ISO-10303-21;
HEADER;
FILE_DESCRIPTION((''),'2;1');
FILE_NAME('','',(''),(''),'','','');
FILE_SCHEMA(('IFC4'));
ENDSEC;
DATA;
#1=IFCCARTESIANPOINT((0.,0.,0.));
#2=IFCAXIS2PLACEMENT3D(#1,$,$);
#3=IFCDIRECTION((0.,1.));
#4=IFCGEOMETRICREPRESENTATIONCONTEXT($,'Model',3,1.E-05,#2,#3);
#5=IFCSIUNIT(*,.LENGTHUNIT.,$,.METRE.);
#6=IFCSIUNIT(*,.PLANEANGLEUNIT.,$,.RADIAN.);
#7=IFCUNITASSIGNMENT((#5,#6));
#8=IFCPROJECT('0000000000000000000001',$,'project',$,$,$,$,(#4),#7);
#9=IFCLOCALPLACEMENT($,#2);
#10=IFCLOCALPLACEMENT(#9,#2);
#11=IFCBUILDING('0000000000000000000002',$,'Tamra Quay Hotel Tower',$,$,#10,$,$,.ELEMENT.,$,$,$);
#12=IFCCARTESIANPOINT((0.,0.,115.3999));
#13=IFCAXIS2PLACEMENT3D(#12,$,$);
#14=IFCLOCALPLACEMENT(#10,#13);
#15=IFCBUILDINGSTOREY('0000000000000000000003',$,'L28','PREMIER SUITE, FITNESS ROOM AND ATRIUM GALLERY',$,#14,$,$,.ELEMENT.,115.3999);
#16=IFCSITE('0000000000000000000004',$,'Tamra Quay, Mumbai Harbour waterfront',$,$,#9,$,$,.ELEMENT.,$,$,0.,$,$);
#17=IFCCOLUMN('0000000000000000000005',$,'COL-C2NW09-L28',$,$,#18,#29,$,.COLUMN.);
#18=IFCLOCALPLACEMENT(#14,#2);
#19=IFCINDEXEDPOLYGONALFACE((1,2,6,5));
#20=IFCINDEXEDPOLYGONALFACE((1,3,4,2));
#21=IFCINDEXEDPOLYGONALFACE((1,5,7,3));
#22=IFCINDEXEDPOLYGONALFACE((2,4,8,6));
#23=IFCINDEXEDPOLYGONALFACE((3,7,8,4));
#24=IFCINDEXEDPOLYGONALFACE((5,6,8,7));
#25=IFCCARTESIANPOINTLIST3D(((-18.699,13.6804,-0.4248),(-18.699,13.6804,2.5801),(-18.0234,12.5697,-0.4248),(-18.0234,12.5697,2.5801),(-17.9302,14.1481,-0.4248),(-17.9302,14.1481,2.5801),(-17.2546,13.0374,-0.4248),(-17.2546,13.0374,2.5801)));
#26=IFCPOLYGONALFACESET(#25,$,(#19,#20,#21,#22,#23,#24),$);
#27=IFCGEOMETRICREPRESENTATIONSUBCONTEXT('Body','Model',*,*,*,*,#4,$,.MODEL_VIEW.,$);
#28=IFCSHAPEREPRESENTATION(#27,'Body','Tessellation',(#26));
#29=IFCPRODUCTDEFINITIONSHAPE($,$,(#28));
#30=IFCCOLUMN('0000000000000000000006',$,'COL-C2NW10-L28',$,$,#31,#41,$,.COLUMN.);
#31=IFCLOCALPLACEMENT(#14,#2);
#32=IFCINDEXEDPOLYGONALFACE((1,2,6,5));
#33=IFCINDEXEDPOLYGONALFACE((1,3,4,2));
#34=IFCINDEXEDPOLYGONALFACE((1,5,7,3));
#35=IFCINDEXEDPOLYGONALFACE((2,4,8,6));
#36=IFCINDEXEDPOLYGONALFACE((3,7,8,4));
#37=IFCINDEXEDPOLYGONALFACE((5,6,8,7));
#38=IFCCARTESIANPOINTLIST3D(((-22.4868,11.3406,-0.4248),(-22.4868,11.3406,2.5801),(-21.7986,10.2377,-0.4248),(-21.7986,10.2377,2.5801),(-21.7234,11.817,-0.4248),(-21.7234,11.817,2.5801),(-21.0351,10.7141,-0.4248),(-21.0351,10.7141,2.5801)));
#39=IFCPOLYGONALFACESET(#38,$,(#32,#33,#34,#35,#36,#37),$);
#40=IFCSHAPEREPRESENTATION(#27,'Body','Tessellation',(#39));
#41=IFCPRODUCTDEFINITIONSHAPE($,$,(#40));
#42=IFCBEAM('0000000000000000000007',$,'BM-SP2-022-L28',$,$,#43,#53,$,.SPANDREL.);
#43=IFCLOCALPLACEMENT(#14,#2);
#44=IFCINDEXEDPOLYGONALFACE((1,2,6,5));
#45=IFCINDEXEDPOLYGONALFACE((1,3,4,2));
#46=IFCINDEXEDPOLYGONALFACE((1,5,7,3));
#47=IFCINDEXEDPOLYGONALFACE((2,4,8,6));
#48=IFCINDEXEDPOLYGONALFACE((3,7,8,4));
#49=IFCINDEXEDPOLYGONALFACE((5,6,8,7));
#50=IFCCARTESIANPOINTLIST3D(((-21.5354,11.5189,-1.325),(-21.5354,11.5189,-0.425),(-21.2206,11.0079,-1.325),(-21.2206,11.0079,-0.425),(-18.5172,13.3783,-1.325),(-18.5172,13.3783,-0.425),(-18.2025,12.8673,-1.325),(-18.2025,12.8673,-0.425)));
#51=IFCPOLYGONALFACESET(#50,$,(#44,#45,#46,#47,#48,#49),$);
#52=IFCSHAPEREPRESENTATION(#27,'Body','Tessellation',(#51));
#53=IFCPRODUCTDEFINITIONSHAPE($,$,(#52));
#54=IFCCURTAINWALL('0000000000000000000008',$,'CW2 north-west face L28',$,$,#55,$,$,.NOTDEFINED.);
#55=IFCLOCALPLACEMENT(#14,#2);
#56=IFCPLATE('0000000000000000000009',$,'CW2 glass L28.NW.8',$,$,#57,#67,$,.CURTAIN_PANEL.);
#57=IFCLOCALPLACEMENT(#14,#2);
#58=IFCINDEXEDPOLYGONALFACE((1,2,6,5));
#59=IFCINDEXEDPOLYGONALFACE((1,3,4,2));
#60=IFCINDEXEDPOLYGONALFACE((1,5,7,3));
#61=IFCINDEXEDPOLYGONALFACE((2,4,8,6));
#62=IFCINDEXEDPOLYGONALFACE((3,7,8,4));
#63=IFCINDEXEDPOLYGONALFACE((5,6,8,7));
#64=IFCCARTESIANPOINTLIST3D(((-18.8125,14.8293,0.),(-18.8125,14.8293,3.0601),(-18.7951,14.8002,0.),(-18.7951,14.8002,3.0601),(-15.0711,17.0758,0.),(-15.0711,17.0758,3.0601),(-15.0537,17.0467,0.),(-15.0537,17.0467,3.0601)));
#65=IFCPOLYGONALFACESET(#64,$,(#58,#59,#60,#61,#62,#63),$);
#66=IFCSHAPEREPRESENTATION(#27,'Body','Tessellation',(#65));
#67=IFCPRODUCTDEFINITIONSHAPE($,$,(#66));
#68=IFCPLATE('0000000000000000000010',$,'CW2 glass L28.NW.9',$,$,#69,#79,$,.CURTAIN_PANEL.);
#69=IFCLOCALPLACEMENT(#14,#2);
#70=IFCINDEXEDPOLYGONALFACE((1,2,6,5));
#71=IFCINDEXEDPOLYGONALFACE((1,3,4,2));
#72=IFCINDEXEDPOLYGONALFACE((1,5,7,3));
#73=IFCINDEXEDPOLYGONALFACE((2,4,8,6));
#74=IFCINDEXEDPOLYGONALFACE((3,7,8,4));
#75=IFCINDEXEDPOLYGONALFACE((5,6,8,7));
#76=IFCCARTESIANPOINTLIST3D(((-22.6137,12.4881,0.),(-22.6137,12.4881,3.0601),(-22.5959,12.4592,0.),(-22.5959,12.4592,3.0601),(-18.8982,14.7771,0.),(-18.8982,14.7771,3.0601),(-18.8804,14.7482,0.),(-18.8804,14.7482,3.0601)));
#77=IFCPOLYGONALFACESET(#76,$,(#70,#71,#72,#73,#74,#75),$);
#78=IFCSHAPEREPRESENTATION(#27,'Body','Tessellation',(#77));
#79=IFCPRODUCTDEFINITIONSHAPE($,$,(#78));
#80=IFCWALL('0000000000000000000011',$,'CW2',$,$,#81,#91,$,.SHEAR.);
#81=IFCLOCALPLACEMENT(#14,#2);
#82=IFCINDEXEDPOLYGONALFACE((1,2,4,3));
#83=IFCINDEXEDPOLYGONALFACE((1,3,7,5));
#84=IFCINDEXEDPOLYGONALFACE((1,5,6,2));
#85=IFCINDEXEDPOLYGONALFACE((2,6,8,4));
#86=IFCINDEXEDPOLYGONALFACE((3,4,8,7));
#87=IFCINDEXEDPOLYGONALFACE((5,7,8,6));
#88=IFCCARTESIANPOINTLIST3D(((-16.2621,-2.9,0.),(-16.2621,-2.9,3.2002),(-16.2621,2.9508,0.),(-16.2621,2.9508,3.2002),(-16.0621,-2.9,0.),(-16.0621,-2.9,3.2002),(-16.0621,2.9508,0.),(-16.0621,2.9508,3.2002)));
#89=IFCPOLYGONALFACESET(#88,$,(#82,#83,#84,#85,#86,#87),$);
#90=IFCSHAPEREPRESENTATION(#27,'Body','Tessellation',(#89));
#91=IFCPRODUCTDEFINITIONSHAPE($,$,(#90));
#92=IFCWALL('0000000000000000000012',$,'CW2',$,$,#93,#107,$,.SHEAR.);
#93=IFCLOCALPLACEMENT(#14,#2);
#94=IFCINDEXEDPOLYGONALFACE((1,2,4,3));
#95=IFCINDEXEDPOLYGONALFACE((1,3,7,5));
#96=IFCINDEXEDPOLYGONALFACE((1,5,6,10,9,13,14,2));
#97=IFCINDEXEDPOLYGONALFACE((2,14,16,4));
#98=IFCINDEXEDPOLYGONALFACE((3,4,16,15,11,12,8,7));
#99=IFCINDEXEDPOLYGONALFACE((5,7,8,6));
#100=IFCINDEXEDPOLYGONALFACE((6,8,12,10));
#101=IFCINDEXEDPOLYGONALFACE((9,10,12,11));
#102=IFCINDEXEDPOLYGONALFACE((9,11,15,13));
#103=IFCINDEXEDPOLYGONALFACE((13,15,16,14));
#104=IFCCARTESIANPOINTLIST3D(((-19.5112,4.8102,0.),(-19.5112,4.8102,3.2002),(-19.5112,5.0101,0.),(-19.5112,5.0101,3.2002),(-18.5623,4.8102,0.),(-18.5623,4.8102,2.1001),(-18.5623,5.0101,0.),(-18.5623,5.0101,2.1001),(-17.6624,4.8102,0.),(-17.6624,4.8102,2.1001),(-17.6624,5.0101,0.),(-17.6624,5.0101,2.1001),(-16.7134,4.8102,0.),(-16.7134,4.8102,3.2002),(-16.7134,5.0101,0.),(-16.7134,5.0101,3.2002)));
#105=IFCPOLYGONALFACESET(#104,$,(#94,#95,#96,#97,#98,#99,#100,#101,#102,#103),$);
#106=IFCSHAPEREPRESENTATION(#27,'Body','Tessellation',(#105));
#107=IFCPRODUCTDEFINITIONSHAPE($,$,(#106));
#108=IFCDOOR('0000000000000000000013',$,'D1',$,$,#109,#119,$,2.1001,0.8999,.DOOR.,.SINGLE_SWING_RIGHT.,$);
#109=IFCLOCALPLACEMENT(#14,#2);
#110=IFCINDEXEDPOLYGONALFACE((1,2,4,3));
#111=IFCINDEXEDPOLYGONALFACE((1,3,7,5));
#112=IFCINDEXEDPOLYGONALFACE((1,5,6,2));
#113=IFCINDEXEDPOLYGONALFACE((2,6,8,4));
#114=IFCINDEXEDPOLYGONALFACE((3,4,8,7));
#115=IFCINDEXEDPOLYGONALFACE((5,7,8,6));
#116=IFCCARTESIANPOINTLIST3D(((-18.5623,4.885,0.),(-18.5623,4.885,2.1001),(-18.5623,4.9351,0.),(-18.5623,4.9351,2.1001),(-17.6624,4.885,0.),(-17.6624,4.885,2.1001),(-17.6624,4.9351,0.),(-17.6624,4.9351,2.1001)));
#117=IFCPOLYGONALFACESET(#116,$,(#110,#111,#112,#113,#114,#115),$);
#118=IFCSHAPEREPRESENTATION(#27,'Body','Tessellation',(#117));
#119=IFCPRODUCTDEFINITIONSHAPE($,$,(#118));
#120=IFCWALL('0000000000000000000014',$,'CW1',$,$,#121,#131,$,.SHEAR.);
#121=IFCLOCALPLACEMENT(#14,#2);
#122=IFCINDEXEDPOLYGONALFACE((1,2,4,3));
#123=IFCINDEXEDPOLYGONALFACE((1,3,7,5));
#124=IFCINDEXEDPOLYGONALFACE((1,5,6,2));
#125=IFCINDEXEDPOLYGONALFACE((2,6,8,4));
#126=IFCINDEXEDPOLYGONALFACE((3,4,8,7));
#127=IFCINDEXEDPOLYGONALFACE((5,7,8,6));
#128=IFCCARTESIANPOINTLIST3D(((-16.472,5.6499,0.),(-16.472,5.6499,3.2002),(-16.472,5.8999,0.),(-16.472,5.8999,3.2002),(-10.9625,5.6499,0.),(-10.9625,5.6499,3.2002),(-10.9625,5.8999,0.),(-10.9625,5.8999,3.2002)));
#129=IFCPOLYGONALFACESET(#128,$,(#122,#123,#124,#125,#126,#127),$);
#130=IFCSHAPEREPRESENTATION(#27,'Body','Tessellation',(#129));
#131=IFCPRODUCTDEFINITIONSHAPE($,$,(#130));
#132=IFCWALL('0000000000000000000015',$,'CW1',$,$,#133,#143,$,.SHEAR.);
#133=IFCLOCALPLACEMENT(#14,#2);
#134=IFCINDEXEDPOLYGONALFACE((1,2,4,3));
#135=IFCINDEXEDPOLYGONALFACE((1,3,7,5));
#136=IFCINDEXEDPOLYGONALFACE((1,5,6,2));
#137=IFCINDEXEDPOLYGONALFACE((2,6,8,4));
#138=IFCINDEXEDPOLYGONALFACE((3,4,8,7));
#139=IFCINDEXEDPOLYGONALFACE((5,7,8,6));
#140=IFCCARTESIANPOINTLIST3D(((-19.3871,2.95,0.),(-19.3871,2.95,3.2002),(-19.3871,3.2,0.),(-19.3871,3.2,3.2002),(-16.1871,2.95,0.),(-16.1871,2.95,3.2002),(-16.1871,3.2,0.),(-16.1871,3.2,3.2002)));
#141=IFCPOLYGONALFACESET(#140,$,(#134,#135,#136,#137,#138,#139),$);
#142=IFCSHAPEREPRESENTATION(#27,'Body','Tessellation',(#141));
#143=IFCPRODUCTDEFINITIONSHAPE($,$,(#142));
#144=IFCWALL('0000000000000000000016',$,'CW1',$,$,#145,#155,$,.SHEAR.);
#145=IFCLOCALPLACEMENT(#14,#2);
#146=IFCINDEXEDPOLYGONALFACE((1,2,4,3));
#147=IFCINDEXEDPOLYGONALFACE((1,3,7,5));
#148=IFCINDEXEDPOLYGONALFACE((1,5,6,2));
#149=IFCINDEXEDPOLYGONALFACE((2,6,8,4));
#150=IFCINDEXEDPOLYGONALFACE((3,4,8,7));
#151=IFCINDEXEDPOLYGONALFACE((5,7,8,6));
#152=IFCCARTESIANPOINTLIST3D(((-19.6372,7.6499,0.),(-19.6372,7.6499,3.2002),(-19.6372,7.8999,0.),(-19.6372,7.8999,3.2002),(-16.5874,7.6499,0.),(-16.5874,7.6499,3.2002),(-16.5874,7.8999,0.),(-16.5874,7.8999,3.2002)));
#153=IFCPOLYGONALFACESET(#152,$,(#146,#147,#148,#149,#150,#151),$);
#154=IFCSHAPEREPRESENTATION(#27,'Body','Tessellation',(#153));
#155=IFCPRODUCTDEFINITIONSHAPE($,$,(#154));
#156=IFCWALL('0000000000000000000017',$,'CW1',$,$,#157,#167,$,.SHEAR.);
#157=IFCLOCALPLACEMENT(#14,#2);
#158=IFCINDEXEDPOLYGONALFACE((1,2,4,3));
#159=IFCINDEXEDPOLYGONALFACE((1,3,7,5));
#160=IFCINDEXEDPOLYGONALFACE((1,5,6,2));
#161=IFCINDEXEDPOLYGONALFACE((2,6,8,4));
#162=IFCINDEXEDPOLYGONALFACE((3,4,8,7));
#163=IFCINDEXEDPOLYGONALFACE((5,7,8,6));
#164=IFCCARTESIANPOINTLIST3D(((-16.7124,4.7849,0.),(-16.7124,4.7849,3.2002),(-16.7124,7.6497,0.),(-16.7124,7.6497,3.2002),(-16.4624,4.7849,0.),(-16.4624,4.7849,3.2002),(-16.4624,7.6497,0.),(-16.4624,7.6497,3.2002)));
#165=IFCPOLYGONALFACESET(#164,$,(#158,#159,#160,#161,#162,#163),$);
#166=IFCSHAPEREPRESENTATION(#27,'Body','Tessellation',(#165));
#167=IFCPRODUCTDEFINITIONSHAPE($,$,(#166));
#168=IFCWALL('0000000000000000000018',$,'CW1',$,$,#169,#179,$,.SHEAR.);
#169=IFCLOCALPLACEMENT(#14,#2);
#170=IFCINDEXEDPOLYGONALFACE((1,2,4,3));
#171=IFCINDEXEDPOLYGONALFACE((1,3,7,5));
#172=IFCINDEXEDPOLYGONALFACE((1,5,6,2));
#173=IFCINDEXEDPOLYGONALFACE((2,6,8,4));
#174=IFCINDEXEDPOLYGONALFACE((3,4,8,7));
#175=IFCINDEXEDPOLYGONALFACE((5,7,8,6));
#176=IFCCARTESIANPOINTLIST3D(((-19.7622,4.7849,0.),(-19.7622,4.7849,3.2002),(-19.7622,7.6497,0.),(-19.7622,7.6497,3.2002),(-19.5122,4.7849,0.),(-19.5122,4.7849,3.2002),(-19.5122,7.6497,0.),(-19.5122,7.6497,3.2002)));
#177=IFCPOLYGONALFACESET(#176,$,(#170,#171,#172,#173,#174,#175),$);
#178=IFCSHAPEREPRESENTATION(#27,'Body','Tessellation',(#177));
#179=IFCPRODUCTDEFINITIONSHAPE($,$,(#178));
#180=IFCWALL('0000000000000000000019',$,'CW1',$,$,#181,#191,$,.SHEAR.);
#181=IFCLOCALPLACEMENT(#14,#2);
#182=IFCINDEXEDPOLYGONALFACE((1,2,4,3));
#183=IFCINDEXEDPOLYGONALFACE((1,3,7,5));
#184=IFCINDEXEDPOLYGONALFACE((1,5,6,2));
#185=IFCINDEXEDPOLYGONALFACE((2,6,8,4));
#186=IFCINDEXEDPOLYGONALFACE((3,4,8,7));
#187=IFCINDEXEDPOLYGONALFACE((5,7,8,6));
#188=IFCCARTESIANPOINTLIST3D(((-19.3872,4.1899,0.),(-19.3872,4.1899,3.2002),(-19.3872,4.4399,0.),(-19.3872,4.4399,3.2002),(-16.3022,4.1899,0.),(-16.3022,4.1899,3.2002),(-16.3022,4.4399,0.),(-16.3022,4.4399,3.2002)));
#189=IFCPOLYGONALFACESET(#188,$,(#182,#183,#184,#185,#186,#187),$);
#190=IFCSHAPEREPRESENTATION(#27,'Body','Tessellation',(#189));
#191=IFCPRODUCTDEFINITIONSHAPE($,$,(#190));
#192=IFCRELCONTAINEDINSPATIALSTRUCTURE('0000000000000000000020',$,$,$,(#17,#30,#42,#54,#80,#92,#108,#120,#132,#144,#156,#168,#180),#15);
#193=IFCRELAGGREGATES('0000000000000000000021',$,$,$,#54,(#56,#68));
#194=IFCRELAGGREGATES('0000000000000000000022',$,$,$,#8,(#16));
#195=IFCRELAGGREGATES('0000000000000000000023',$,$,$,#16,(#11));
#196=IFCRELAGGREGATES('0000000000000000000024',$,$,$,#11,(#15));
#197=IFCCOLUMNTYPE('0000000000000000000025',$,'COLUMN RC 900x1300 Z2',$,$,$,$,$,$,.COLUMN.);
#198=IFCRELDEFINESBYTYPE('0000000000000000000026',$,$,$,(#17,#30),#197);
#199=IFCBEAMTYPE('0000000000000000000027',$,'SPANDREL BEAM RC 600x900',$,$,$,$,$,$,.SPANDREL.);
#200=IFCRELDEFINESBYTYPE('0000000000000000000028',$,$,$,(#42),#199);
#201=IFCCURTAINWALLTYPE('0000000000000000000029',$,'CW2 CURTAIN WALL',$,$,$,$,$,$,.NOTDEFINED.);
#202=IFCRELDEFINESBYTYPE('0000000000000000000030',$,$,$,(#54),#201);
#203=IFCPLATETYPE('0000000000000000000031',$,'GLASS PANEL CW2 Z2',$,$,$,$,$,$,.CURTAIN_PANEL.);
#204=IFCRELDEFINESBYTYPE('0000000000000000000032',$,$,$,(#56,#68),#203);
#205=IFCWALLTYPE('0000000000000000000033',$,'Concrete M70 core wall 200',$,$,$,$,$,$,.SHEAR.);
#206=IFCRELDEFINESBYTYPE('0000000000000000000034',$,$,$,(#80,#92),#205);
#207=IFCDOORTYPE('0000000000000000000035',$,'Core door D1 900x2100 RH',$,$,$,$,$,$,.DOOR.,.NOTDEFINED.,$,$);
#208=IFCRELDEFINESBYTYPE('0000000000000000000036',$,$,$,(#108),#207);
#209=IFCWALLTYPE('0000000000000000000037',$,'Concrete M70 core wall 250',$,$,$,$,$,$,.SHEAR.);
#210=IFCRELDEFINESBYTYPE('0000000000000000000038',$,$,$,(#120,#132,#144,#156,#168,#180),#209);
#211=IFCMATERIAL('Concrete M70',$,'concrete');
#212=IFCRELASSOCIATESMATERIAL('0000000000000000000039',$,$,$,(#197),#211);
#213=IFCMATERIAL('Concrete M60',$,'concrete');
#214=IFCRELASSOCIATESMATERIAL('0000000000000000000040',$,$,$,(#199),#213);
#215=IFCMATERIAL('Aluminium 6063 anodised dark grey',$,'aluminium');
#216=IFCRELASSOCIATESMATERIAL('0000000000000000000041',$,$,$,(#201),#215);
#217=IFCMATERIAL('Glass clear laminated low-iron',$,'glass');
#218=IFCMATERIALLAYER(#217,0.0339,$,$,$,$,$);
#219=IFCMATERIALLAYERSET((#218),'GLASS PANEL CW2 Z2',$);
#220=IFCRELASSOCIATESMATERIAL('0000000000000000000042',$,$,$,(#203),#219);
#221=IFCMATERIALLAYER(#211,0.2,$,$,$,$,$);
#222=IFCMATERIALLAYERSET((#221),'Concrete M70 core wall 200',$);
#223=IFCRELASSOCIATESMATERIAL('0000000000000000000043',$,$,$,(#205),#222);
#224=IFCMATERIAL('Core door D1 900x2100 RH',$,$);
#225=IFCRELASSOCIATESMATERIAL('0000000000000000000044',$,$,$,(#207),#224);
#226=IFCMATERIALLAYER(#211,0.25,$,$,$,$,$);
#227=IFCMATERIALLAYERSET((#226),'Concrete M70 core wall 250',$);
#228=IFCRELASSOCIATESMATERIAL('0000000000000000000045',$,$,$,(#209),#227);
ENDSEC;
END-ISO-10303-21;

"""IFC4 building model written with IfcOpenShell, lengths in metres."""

from ifc_helpers import new_model, si_unit, direction, frame, frame_2d, origin, origin_2d, place, context, subcontext, project, spatial, rectangle, extrude, material, layer, layer_set, material_profile, profile_set, type_object, element, fill, aggregate, save


model = new_model("IFC4")

# Units and contexts
model_context = context("Model", 3, precision=1e-05, world=origin(), true_north=direction((0.0, 1.0)))
body_context = subcontext(model_context, "Body", "Model", "MODEL_VIEW")
ifc_project = project(units=[si_unit("LENGTHUNIT", "METRE"), si_unit("PLANEANGLEUNIT", "RADIAN")], contexts=[model_context])

# Site, building, storey
site_placement = place(None, origin())
site = spatial("IfcSite", under=ifc_project, at=site_placement, Name="Tamra Quay, Mumbai Harbour waterfront", CompositionType="ELEMENT", RefElevation=0.0)
building_placement = place(site_placement, origin())
building = spatial("IfcBuilding", under=site, at=building_placement, Name="Tamra Quay Hotel Tower", CompositionType="ELEMENT")
storey_placement = place(building_placement, frame((0.0, 0.0, 115.3999)))
storey = spatial("IfcBuildingStorey", under=building, at=storey_placement, Name="L28", Description="PREMIER SUITE, FITNESS ROOM AND ATRIUM GALLERY", CompositionType="ELEMENT", Elevation=115.3999)

# Columns
ifc_material_1 = material(Name="Concrete M70", Category="concrete")
ifc_material_profile_1 = material_profile(ifc_material_1, rectangle(XDim=1.3, YDim=0.8999, at=origin_2d()), Name="COLUMN RC 900x1300 Z2")
ifc_profile_set_1 = profile_set([ifc_material_profile_1], Name="Concrete M70")
column_type = type_object("IfcColumnType", Name="COLUMN RC 900x1300 Z2", PredefinedType="COLUMN", material=ifc_profile_set_1)
for number, where, z_axis, x_axis, name in (
    (1, (-17.9768, 13.3589, -0.4248), (0.0, 0.0, 1.0), (-0.519679, 0.854362, 0.0), "COL-C2NW09-L28"),
    (2, (-21.761, 11.0273, -0.4248), (0.0, 0.0, 1.0), (-0.52941, 0.848366, 0.0), "COL-C2NW10-L28"),
):
    element("IfcColumn", number, at=place(storey_placement, frame(where, z_axis=z_axis, x_axis=x_axis)), inside=storey, type_object=column_type, Name=name, PredefinedType="COLUMN", context=body_context, shape_type="SweptSolid", body=[
        extrude(rectangle(XDim=1.3, YDim=0.8999, at=origin_2d()), origin(), (0.0, 0.0, 1.0), 3.0049),
    ])

# Beam
ifc_material_2 = material(Name="Concrete M60", Category="concrete")
ifc_material_profile_2 = material_profile(ifc_material_2, rectangle(XDim=0.6001, YDim=0.8999, at=origin_2d()), Name="SPANDREL BEAM RC 600x900")
ifc_profile_set_2 = profile_set([ifc_material_profile_2], Name="Concrete M60")
beam_type = type_object("IfcBeamType", Name="SPANDREL BEAM RC 600x900", PredefinedType="SPANDREL", material=ifc_profile_set_2)
beam_placement = place(storey_placement, frame((-18.3599, 13.1228, -0.875), z_axis=(-0.851393, -0.524528, 0.0), x_axis=(0.524528, -0.851393, 0.0)))
element("IfcBeam", 3, at=beam_placement, inside=storey, type_object=beam_type, Name="BM-SP2-022-L28", PredefinedType="SPANDREL", context=body_context, shape_type="SweptSolid", body=[
    extrude(rectangle(XDim=0.6001, YDim=0.8999, at=origin_2d()), origin(), (0.0, 0.0, 1.0), 3.5449),
])

# Curtain wall, plates
ifc_material_3 = material(Name="Aluminium 6063 anodised dark grey", Category="aluminium")
curtain_wall_type = type_object("IfcCurtainWallType", Name="CW2 CURTAIN WALL", PredefinedType="NOTDEFINED", material=ifc_material_3)
curtain_wall_placement = place(storey_placement, origin())
curtain_wall = element("IfcCurtainWall", 4, at=curtain_wall_placement, inside=storey, type_object=curtain_wall_type, Name="CW2 north-west face L28", PredefinedType="NOTDEFINED")
ifc_material_4 = material(Name="Glass clear laminated low-iron", Category="glass")
ifc_layer_1 = layer(ifc_material_4, 0.0339)
ifc_layer_set_1 = layer_set([ifc_layer_1], Name="GLASS PANEL CW2 Z2")
plate_type = type_object("IfcPlateType", Name="GLASS PANEL CW2 Z2", PredefinedType="CURTAIN_PANEL", material=ifc_layer_set_1)
plate_1_placement = place(storey_placement, frame((-16.9331, 15.938, 0.0), z_axis=(0.0, 0.0, 1.0), x_axis=(-0.857331, -0.514765, 0.0)))
plate_1 = element("IfcPlate", 5, at=plate_1_placement, type_object=plate_type, Name="CW2 glass L28.NW.8", PredefinedType="CURTAIN_PANEL", context=body_context, shape_type="SweptSolid", body=[
    extrude(rectangle(XDim=4.364, YDim=0.0339, at=origin_2d()), origin(), (0.0, 0.0, 1.0), 3.0601),
])
plate_2_placement = place(storey_placement, frame((-20.7471, 13.6182, 0.0), z_axis=(0.0, 0.0, 1.0), x_axis=(-0.851399, -0.524518, 0.0)))
plate_2 = element("IfcPlate", 6, at=plate_2_placement, type_object=plate_type, Name="CW2 glass L28.NW.9", PredefinedType="CURTAIN_PANEL", context=body_context, shape_type="SweptSolid", body=[
    extrude(rectangle(XDim=4.364, YDim=0.0339, at=origin_2d()), origin(), (0.0, 0.0, 1.0), 3.0601),
])
aggregate(curtain_wall, [plate_1, plate_2])

# Wall
ifc_layer_2 = layer(ifc_material_1, 0.2)
ifc_layer_set_2 = layer_set([ifc_layer_2], Name="Concrete M70 core wall 200")
wall_type_1 = type_object("IfcWallType", Name="Concrete M70 core wall 200", PredefinedType="SHEAR", material=ifc_layer_set_2)
wall_1_placement = place(storey_placement, frame((-16.1621, 2.9507, 0.0), z_axis=(0.0, 0.0, 1.0), x_axis=(0.0, -1.0, 0.0)))
element("IfcWall", 7, at=wall_1_placement, inside=storey, type_object=wall_type_1, Name="CW2", PredefinedType="SHEAR", context=body_context, shape_type="SweptSolid", body=[
    extrude(rectangle(XDim=5.8508, YDim=0.2, at=frame_2d((2.9253, 0.0))), origin(), (0.0, 0.0, 1.0), 3.2002),
])

# Wall, opening, door
wall_2_placement = place(storey_placement, frame((-19.5112, 4.9102, 0.0), z_axis=(0.0, 0.0, 1.0), x_axis=(1.0, 0.0, 0.0)))
wall_2 = element("IfcWall", 8, at=wall_2_placement, inside=storey, type_object=wall_type_1, Name="CW2", PredefinedType="SHEAR", context=body_context, shape_type="SweptSolid", body=[
    extrude(rectangle(XDim=2.7979, YDim=0.2, at=frame_2d((1.3989, 0.0))), origin(), (0.0, 0.0, 1.0), 3.2002),
])
opening_1_placement = place(wall_2_placement, frame((0.949, 0.0, 0.0)))
opening_1 = element("IfcOpeningElement", 9, at=opening_1_placement, cuts=wall_2, PredefinedType="OPENING", context=body_context, shape_type="SweptSolid", body=[
    extrude(rectangle(XDim=0.8999, YDim=2.1001, at=frame_2d((0.45, 1.05))), frame((0.0, 0.1099, 0.0), z_axis=(0.0, -1.0, 0.0), x_axis=(1.0, 0.0, 0.0)), (0.0, 0.0, 1.0), 0.22),
])
ifc_material_5 = material(Name="Core door D1 900x2100 RH")
door_type_1 = type_object("IfcDoorType", Name="Core door D1 900x2100 RH", OperationType="NOTDEFINED", PredefinedType="DOOR", material=ifc_material_5)
door_1_placement = place(opening_1_placement, origin())
door_1 = element("IfcDoor", 10, at=door_1_placement, inside=storey, type_object=door_type_1, Name="D1", OperationType="SINGLE_SWING_RIGHT", OverallHeight=2.1001, OverallWidth=0.8999, PredefinedType="DOOR", context=body_context, shape_type="SweptSolid", body=[
    extrude(rectangle(XDim=0.8999, YDim=2.1001, at=frame_2d((0.45, 1.05))), frame((0.0, 0.0249, 0.0), z_axis=(0.0, -1.0, 0.0), x_axis=(1.0, 0.0, 0.0)), (0.0, 0.0, 1.0), 0.05),
])
fill(opening_1, door_1)

# Walls
ifc_layer_3 = layer(ifc_material_1, 0.25)
ifc_layer_set_3 = layer_set([ifc_layer_3], Name="Concrete M70 core wall 250")
wall_type_2 = type_object("IfcWallType", Name="Concrete M70 core wall 250", PredefinedType="SHEAR", material=ifc_layer_set_3)
wall_3_placement = place(storey_placement, frame((-16.4722, 5.7749, 0.0), z_axis=(0.0, 0.0, 1.0), x_axis=(1.0, 0.0, 0.0)))
element("IfcWall", 11, at=wall_3_placement, inside=storey, type_object=wall_type_2, Name="CW1", PredefinedType="SHEAR", context=body_context, shape_type="SweptSolid", body=[
    extrude(rectangle(XDim=5.5095, YDim=0.25, at=frame_2d((2.7549, 0.0))), origin(), (0.0, 0.0, 1.0), 3.2002),
])
wall_4_placement = place(storey_placement, frame((-19.3872, 3.075, 0.0), z_axis=(0.0, 0.0, 1.0), x_axis=(1.0, 0.0, 0.0)))
element("IfcWall", 12, at=wall_4_placement, inside=storey, type_object=wall_type_2, Name="CW1", PredefinedType="SHEAR", context=body_context, shape_type="SweptSolid", body=[
    extrude(rectangle(XDim=3.2, YDim=0.25, at=frame_2d((1.6001, 0.0))), origin(), (0.0, 0.0, 1.0), 3.2002),
])
wall_5_placement = place(storey_placement, frame((-19.6372, 7.7749, 0.0), z_axis=(0.0, 0.0, 1.0), x_axis=(1.0, 0.0, 0.0)))
element("IfcWall", 13, at=wall_5_placement, inside=storey, type_object=wall_type_2, Name="CW1", PredefinedType="SHEAR", context=body_context, shape_type="SweptSolid", body=[
    extrude(rectangle(XDim=3.0498, YDim=0.25, at=frame_2d((1.5249, 0.0))), origin(), (0.0, 0.0, 1.0), 3.2002),
])
for number, where, z_axis, x_axis, name in (
    (14, (-16.5874, 7.6497, 0.0), (0.0, 0.0, 1.0), (0.0, -1.0, 0.0), "CW1"),
    (15, (-19.6372, 4.7849, 0.0), (0.0, 0.0, 1.0), (0.0, 1.0, 0.0), "CW1"),
):
    element("IfcWall", number, at=place(storey_placement, frame(where, z_axis=z_axis, x_axis=x_axis)), inside=storey, type_object=wall_type_2, Name=name, PredefinedType="SHEAR", context=body_context, shape_type="SweptSolid", body=[
        extrude(rectangle(XDim=2.8647, YDim=0.25, at=frame_2d((1.4324, 0.0))), origin(), (0.0, 0.0, 1.0), 3.2002),
    ])
wall_6_placement = place(storey_placement, frame((-16.3022, 4.3149, 0.0), z_axis=(0.0, 0.0, 1.0), x_axis=(-1.0, 0.0, 0.0)))
element("IfcWall", 16, at=wall_6_placement, inside=storey, type_object=wall_type_2, Name="CW1", PredefinedType="SHEAR", context=body_context, shape_type="SweptSolid", body=[
    extrude(rectangle(XDim=3.085, YDim=0.25, at=frame_2d((1.5425, 0.0))), origin(), (0.0, 0.0, 1.0), 3.2002),
])

save(model, "model.ifc")
